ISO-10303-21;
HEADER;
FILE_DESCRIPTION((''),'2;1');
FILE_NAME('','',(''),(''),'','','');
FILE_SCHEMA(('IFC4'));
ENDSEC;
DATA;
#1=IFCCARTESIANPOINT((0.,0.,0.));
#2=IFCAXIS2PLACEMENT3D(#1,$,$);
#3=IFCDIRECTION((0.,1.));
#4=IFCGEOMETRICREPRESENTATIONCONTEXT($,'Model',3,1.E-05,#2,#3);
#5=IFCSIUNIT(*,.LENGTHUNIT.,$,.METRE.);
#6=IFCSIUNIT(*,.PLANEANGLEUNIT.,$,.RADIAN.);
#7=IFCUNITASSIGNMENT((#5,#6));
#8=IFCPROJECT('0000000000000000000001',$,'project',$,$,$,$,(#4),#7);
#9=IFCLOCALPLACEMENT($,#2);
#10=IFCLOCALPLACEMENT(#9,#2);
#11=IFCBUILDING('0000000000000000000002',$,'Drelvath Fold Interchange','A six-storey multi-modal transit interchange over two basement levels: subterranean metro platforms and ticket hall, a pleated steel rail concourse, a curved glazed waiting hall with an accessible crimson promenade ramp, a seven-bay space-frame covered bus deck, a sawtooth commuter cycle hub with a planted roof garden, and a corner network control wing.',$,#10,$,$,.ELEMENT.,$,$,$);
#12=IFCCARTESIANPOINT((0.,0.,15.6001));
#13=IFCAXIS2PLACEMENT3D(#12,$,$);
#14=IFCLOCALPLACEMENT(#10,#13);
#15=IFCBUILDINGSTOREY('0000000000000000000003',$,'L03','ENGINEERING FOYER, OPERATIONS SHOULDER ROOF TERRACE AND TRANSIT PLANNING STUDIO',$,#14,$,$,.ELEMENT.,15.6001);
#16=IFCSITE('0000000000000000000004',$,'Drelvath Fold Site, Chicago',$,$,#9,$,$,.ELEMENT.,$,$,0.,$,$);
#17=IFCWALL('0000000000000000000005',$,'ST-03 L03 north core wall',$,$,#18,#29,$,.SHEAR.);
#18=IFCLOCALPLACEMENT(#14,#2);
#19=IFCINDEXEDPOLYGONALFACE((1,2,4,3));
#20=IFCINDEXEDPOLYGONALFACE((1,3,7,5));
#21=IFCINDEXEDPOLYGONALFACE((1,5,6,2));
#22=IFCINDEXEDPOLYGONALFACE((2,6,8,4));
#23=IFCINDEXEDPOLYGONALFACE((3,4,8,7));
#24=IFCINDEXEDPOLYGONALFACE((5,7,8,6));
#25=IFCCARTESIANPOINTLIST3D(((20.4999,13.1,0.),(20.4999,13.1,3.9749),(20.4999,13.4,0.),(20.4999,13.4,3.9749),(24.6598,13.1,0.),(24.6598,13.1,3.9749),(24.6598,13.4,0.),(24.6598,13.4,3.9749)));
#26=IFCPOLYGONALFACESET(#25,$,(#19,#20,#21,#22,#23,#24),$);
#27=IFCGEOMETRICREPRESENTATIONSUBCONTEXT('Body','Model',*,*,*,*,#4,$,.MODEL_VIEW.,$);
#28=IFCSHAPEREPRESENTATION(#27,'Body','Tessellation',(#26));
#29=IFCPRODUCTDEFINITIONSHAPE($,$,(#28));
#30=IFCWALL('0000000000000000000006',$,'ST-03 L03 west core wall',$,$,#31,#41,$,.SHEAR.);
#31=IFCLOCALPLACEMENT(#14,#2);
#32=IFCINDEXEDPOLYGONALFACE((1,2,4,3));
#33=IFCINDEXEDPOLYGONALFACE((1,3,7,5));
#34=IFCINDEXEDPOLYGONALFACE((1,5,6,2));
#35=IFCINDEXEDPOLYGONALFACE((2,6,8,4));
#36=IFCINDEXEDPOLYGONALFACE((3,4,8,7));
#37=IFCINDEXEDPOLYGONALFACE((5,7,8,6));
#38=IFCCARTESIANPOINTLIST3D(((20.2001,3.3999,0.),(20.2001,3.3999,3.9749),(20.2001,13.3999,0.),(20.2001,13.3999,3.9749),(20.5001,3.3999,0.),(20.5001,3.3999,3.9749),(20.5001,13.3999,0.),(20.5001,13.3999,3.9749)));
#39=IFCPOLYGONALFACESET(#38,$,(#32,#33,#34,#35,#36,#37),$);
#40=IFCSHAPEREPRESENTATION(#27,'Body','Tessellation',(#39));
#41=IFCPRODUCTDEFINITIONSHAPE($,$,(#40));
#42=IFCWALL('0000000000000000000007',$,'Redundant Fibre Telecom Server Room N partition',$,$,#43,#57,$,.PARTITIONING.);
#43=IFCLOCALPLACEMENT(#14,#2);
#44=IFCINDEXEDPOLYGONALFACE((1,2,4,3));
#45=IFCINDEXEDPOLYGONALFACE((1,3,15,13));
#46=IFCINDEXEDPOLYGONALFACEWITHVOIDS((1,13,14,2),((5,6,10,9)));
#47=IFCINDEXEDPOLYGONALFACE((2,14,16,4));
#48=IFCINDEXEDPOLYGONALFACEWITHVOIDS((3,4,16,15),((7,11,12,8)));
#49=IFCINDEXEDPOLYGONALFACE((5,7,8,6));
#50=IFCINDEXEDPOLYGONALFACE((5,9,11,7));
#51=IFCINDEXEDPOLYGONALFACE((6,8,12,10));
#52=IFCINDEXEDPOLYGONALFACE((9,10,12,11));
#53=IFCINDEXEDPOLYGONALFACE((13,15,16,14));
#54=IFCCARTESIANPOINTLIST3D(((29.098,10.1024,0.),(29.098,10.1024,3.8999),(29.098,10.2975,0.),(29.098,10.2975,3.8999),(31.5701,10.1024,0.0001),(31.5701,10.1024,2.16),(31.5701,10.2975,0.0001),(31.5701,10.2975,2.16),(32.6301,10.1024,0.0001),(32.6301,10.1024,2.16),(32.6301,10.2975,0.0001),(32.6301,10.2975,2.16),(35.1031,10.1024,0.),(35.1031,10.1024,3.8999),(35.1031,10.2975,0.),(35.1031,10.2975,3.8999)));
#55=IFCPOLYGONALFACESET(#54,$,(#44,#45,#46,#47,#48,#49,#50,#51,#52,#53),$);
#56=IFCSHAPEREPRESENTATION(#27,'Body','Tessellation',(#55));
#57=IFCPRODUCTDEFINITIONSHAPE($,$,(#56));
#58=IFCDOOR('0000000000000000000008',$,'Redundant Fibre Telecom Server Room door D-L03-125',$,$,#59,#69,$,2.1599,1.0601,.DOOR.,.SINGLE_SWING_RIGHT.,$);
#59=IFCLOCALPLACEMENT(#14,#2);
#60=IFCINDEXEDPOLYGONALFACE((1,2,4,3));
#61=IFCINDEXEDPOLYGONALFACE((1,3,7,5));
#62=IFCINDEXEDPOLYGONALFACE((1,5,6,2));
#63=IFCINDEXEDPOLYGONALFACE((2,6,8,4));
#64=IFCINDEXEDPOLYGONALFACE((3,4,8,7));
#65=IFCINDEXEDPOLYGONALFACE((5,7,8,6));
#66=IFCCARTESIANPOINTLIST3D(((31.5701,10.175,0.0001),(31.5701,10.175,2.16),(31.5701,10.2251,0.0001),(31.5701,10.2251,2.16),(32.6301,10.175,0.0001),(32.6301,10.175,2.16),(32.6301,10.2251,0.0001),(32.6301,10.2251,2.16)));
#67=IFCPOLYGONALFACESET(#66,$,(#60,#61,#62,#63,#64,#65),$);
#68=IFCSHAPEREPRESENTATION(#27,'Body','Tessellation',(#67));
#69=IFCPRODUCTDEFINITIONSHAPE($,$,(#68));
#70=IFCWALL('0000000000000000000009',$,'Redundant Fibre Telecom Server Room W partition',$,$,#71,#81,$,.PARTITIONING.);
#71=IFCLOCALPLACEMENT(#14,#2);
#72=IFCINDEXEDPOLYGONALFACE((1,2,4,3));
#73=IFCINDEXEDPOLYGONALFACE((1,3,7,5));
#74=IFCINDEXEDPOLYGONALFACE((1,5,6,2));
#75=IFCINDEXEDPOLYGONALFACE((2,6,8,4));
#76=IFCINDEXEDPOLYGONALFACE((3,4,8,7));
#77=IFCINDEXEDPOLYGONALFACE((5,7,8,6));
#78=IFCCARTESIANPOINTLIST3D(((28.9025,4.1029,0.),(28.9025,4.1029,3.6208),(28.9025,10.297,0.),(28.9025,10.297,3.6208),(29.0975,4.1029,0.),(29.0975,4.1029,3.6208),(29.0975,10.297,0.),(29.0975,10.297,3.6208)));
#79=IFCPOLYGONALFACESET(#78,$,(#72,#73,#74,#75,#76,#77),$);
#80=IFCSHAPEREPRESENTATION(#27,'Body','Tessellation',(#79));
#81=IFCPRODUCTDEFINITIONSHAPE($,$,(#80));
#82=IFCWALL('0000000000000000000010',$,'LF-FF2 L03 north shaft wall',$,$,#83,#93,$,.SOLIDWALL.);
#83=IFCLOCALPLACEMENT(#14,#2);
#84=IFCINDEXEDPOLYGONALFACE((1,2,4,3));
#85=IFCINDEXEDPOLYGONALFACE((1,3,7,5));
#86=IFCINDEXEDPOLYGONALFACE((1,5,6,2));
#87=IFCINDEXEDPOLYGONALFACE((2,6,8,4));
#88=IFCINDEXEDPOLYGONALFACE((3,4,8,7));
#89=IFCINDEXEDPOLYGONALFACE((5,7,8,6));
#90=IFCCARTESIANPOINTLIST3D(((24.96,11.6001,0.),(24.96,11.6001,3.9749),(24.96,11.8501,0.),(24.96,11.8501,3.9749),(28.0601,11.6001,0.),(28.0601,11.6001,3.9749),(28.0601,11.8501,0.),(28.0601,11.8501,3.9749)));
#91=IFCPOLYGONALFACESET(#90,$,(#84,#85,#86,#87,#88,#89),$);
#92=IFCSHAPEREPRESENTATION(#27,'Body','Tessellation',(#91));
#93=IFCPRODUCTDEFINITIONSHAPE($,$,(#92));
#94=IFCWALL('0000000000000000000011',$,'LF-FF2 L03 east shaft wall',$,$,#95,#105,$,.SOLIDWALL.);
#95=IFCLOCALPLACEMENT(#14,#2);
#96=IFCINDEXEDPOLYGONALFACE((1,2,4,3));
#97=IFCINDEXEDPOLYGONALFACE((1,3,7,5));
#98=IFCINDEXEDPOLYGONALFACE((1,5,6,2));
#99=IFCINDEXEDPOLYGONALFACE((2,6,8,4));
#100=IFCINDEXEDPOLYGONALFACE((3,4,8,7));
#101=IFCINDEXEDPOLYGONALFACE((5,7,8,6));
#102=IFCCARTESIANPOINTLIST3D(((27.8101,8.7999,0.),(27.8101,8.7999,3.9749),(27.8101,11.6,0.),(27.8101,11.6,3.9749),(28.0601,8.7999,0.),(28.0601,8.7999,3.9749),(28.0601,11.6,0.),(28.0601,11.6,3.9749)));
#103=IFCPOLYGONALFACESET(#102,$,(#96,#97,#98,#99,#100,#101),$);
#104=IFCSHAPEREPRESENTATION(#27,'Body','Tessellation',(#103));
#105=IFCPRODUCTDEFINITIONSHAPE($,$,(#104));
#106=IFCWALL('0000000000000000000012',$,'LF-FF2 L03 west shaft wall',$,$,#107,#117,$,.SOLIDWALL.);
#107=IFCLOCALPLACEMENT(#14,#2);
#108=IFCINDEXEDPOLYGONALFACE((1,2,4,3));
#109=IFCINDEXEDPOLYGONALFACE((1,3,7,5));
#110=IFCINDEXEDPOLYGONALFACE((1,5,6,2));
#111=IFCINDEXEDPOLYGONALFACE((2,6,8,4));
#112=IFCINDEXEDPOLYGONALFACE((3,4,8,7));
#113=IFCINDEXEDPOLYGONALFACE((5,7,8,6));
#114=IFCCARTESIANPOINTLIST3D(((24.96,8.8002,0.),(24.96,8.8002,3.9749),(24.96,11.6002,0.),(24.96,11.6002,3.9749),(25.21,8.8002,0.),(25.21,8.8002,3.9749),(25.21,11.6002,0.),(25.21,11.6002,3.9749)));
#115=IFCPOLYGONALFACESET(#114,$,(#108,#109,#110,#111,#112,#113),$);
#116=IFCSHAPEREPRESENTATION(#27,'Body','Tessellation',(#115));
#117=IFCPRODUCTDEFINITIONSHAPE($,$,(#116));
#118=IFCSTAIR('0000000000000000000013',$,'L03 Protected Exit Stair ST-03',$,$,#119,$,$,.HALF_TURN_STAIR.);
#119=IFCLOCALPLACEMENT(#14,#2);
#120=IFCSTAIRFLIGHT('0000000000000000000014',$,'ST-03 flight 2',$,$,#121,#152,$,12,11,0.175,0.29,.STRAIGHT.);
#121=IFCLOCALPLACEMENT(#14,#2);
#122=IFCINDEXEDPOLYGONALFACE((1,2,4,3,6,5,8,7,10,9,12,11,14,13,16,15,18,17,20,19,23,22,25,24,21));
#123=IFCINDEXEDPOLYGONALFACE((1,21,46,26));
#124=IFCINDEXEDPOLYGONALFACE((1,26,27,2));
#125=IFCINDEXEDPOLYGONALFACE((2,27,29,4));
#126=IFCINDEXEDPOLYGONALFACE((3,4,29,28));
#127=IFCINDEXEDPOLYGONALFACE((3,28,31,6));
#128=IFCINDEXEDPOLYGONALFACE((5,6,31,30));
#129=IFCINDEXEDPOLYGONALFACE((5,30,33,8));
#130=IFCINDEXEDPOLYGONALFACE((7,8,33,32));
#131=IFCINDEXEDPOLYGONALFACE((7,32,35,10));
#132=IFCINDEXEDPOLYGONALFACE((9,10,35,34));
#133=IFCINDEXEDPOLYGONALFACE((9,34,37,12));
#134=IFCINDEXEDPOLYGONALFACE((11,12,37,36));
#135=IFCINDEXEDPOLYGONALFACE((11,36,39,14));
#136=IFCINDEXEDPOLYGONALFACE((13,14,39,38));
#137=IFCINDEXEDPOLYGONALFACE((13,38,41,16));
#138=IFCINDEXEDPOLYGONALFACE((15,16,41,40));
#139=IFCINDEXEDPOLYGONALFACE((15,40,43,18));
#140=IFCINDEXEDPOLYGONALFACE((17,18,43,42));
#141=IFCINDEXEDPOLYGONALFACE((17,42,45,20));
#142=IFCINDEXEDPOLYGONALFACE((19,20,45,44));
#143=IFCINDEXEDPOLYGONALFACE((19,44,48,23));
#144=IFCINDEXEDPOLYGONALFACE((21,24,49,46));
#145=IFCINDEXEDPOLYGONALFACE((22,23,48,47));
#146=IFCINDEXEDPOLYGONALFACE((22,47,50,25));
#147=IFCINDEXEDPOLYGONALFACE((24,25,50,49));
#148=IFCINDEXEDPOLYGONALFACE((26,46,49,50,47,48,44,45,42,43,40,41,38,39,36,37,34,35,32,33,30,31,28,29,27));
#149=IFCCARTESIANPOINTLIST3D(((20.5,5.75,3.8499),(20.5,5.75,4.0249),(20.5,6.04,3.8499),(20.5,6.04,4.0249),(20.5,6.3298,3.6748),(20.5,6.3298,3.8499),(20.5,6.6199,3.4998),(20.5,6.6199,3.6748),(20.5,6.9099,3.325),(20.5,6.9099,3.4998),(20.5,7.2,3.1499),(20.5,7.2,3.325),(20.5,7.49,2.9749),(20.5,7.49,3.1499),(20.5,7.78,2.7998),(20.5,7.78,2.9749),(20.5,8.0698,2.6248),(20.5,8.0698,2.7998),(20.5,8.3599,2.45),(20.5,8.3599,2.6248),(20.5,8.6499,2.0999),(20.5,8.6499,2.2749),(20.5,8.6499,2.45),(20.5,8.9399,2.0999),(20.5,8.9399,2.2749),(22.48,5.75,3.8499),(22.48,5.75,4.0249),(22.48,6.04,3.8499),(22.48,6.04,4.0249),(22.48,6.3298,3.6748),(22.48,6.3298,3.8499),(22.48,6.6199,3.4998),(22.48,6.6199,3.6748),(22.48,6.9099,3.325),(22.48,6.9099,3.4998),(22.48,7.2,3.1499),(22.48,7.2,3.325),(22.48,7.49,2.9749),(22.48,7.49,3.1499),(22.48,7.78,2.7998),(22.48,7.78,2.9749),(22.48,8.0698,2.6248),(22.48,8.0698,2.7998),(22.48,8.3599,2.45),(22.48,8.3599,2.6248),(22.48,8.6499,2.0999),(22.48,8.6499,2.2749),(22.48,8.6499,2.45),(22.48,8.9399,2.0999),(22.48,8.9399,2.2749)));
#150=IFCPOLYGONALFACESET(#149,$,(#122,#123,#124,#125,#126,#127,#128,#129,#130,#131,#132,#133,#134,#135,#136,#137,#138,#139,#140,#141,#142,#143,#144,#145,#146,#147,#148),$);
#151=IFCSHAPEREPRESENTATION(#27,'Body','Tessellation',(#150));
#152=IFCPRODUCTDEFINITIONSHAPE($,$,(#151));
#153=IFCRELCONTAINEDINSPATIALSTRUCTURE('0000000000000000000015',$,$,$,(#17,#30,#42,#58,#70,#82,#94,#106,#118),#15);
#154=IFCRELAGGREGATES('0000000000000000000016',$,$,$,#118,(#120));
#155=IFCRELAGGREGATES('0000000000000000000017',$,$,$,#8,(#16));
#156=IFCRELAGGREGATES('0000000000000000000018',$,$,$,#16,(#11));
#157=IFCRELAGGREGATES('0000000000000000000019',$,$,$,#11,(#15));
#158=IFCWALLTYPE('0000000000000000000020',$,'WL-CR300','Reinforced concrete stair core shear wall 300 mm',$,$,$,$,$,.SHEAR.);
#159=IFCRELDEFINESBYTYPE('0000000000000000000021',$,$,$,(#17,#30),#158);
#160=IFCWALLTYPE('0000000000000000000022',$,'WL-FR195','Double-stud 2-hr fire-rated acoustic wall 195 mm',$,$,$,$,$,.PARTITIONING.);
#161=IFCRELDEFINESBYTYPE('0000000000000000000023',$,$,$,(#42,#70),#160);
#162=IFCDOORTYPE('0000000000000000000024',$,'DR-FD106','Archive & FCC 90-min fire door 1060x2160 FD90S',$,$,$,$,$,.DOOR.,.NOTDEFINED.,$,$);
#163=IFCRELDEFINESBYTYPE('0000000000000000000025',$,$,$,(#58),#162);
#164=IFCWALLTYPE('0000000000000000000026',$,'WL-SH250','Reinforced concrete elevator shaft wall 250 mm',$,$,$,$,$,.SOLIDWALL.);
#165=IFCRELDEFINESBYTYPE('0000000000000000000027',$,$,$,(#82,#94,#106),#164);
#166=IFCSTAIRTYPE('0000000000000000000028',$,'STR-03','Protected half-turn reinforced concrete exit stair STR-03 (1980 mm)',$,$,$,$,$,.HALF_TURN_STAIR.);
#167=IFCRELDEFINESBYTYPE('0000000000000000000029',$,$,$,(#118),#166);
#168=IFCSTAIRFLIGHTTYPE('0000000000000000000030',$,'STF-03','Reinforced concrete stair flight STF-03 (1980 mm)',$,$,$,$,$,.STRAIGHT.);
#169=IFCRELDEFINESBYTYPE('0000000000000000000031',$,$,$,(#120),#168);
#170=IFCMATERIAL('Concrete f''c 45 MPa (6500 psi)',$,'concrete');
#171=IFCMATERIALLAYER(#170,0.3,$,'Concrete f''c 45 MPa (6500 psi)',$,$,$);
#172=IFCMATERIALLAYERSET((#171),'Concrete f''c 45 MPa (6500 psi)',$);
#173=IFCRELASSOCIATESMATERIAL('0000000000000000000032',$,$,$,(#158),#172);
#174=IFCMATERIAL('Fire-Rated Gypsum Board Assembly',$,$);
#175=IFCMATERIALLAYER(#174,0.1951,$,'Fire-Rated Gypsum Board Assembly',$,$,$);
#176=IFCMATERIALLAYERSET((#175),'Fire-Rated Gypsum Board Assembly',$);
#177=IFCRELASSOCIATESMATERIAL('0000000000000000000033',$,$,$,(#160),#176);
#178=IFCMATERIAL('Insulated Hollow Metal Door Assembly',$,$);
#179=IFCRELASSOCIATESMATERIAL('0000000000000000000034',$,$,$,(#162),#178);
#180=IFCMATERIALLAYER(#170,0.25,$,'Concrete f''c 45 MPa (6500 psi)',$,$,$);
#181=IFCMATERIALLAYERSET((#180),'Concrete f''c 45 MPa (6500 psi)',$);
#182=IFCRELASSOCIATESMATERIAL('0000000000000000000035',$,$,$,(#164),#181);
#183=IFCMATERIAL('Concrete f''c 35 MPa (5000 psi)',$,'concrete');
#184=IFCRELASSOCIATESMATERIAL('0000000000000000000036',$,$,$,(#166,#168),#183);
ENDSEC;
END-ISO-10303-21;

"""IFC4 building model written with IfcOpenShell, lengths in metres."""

from ifc_helpers import new_model, si_unit, direction, frame, frame_2d, origin, place, context, subcontext, project, spatial, polyline, rectangle, outline, extrude, material, layer, layer_set, type_object, element, fill, aggregate, save


model = new_model("IFC4")

# Units and contexts
model_context = context("Model", 3, precision=1e-05, world=origin(), true_north=direction((0.0, 1.0)))
body_context = subcontext(model_context, "Body", "Model", "MODEL_VIEW")
ifc_project = project(units=[si_unit("LENGTHUNIT", "METRE"), si_unit("PLANEANGLEUNIT", "RADIAN")], contexts=[model_context])

# Site, building, storey
site_placement = place(None, origin())
site = spatial("IfcSite", under=ifc_project, at=site_placement, Name="Drelvath Fold Site, Chicago", CompositionType="ELEMENT", RefElevation=0.0)
building_placement = place(site_placement, origin())
building = spatial("IfcBuilding", under=site, at=building_placement, Name="Drelvath Fold Interchange", Description="A six-storey multi-modal transit interchange over two basement levels: subterranean metro platforms and ticket hall, a pleated steel rail concourse, a curved glazed waiting hall with an accessible crimson promenade ramp, a seven-bay space-frame covered bus deck, a sawtooth commuter cycle hub with a planted roof garden, and a corner network control wing.", CompositionType="ELEMENT")
storey_placement = place(building_placement, frame((0.0, 0.0, 15.6001)))
storey = spatial("IfcBuildingStorey", under=building, at=storey_placement, Name="L03", Description="ENGINEERING FOYER, OPERATIONS SHOULDER ROOF TERRACE AND TRANSIT PLANNING STUDIO", CompositionType="ELEMENT", Elevation=15.6001)

# Walls
ifc_material_1 = material(Name="Concrete f'c 45 MPa (6500 psi)", Category="concrete")
ifc_layer_1 = layer(ifc_material_1, 0.3, Name="Concrete f'c 45 MPa (6500 psi)")
ifc_layer_set_1 = layer_set([ifc_layer_1], Name="Concrete f'c 45 MPa (6500 psi)")
wall_type_1 = type_object("IfcWallType", Name="WL-CR300", Description="Reinforced concrete stair core shear wall 300 mm", PredefinedType="SHEAR", material=ifc_layer_set_1)
wall_1_placement = place(storey_placement, frame((24.6599, 13.25, 0.0), z_axis=(0.0, 0.0, 1.0), x_axis=(-1.0, 0.0, 0.0)))
element("IfcWall", 1, at=wall_1_placement, inside=storey, type_object=wall_type_1, Name="ST-03 L03 north core wall", PredefinedType="SHEAR", context=body_context, shape_type="SweptSolid", body=[
    extrude(rectangle(XDim=4.1599, YDim=0.3, at=frame_2d((2.0801, 0.0))), origin(), (0.0, 0.0, 1.0), 3.9749),
])
wall_2_placement = place(storey_placement, frame((20.3501, 13.3999, 0.0), z_axis=(0.0, 0.0, 1.0), x_axis=(0.0, -1.0, 0.0)))
element("IfcWall", 2, at=wall_2_placement, inside=storey, type_object=wall_type_1, Name="ST-03 L03 west core wall", PredefinedType="SHEAR", context=body_context, shape_type="SweptSolid", body=[
    extrude(rectangle(XDim=10.0, YDim=0.3, at=frame_2d((5.0, 0.0))), origin(), (0.0, 0.0, 1.0), 3.9749),
])

# Wall, opening, door
ifc_material_2 = material(Name="Fire-Rated Gypsum Board Assembly")
ifc_layer_2 = layer(ifc_material_2, 0.1951, Name="Fire-Rated Gypsum Board Assembly")
ifc_layer_set_2 = layer_set([ifc_layer_2], Name="Fire-Rated Gypsum Board Assembly")
wall_type_2 = type_object("IfcWallType", Name="WL-FR195", Description="Double-stud 2-hr fire-rated acoustic wall 195 mm", PredefinedType="PARTITIONING", material=ifc_layer_set_2)
wall_3_placement = place(storey_placement, frame((35.103, 10.2, 0.0), z_axis=(0.0, 0.0, 1.0), x_axis=(-1.0, 0.0, 0.0)))
wall_3 = element("IfcWall", 3, at=wall_3_placement, inside=storey, type_object=wall_type_2, Name="Redundant Fibre Telecom Server Room N partition", PredefinedType="PARTITIONING", context=body_context, shape_type="SweptSolid", body=[
    extrude(rectangle(XDim=6.0051, YDim=0.1951, at=frame_2d((3.0024, 0.0))), origin(), (0.0, 0.0, 1.0), 3.8999),
])
opening_placement = place(wall_3_placement, frame((2.4729, 0.0, 0.0)))
opening = element("IfcOpeningElement", 4, at=opening_placement, cuts=wall_3, PredefinedType="OPENING", context=body_context, shape_type="SweptSolid", body=[
    extrude(rectangle(XDim=1.0601, YDim=2.1599, at=frame_2d((0.53, 1.0801))), frame((0.0, 0.1074, 0.0), z_axis=(0.0, -1.0, 0.0), x_axis=(1.0, 0.0, 0.0)), (0.0, 0.0, 1.0), 0.2151),
])
ifc_material_3 = material(Name="Insulated Hollow Metal Door Assembly")
door_type = type_object("IfcDoorType", Name="DR-FD106", Description="Archive & FCC 90-min fire door 1060x2160 FD90S", OperationType="NOTDEFINED", PredefinedType="DOOR", material=ifc_material_3)
door_placement = place(opening_placement, origin())
door = element("IfcDoor", 5, at=door_placement, inside=storey, type_object=door_type, Name="Redundant Fibre Telecom Server Room door D-L03-125", OperationType="SINGLE_SWING_RIGHT", OverallHeight=2.1599, OverallWidth=1.0601, PredefinedType="DOOR", context=body_context, shape_type="SweptSolid", body=[
    extrude(rectangle(XDim=1.0601, YDim=2.1599, at=frame_2d((0.53, 1.0801))), frame((0.0, 0.0249, 0.0), z_axis=(0.0, -1.0, 0.0), x_axis=(1.0, 0.0, 0.0)), (0.0, 0.0, 1.0), 0.05),
])
fill(opening, door)

# Walls
wall_4_placement = place(storey_placement, frame((29.0, 10.2971, 0.0), z_axis=(0.0, 0.0, 1.0), x_axis=(0.0, -1.0, 0.0)))
element("IfcWall", 6, at=wall_4_placement, inside=storey, type_object=wall_type_2, Name="Redundant Fibre Telecom Server Room W partition", PredefinedType="PARTITIONING", context=body_context, shape_type="SweptSolid", body=[
    extrude(rectangle(XDim=6.1941, YDim=0.1951, at=frame_2d((3.0972, 0.0))), origin(), (0.0, 0.0, 1.0), 3.6208),
])
ifc_layer_3 = layer(ifc_material_1, 0.25, Name="Concrete f'c 45 MPa (6500 psi)")
ifc_layer_set_3 = layer_set([ifc_layer_3], Name="Concrete f'c 45 MPa (6500 psi)")
wall_type_3 = type_object("IfcWallType", Name="WL-SH250", Description="Reinforced concrete elevator shaft wall 250 mm", PredefinedType="SOLIDWALL", material=ifc_layer_set_3)
wall_5_placement = place(storey_placement, frame((28.0601, 11.7251, 0.0), z_axis=(0.0, 0.0, 1.0), x_axis=(-1.0, 0.0, 0.0)))
element("IfcWall", 7, at=wall_5_placement, inside=storey, type_object=wall_type_3, Name="LF-FF2 L03 north shaft wall", PredefinedType="SOLIDWALL", context=body_context, shape_type="SweptSolid", body=[
    extrude(rectangle(XDim=3.1001, YDim=0.25, at=frame_2d((1.55, 0.0))), origin(), (0.0, 0.0, 1.0), 3.9749),
])
for number, where, z_axis, x_axis, name in (
    (8, (27.9351, 8.8, 0.0), (0.0, 0.0, 1.0), (0.0, 1.0, 0.0), "LF-FF2 L03 east shaft wall"),
    (9, (25.085, 11.6001, 0.0), (0.0, 0.0, 1.0), (0.0, -1.0, 0.0), "LF-FF2 L03 west shaft wall"),
):
    element("IfcWall", number, at=place(storey_placement, frame(where, z_axis=z_axis, x_axis=x_axis)), inside=storey, type_object=wall_type_3, Name=name, PredefinedType="SOLIDWALL", context=body_context, shape_type="SweptSolid", body=[
        extrude(rectangle(XDim=2.8, YDim=0.25, at=frame_2d((1.3999, 0.0))), origin(), (0.0, 0.0, 1.0), 3.9749),
    ])

# Stair, stair flight
ifc_material_4 = material(Name="Concrete f'c 35 MPa (5000 psi)", Category="concrete")
stair_type = type_object("IfcStairType", Name="STR-03", Description="Protected half-turn reinforced concrete exit stair STR-03 (1980 mm)", PredefinedType="HALF_TURN_STAIR", material=ifc_material_4)
stair_placement = place(storey_placement, origin())
stair = element("IfcStair", 10, at=stair_placement, inside=storey, type_object=stair_type, Name="L03 Protected Exit Stair ST-03", PredefinedType="HALF_TURN_STAIR")
stair_flight_type = type_object("IfcStairFlightType", Name="STF-03", Description="Reinforced concrete stair flight STF-03 (1980 mm)", PredefinedType="STRAIGHT", material=ifc_material_4)
stair_flight_placement = place(storey_placement, frame((21.49, 8.9399, 2.0999), z_axis=(0.0, 0.0, 1.0), x_axis=(0.0, -1.0, 0.0)))
stair_flight = element("IfcStairFlight", 11, at=stair_flight_placement, type_object=stair_flight_type, Name="ST-03 flight 2", NumberOfRisers=12, NumberOfTreads=11, PredefinedType="STRAIGHT", RiserHeight=0.175, TreadLength=0.29, context=body_context, shape_type="SweptSolid", body=[
    extrude(outline(polyline([(0.0, 0.0), (0.0, 0.175), (0.29, 0.175), (0.29, 0.3501), (0.5801, 0.3501), (0.5801, 0.5249), (0.8701, 0.5249), (0.8701, 0.7), (1.1599, 0.7), (1.1599, 0.875), (1.45, 0.875), (1.45, 1.05), (1.74, 1.05), (1.74, 1.2251), (2.03, 1.2251), (2.03, 1.3999), (2.3201, 1.3999), (2.3201, 1.575), (2.6101, 1.575), (2.6101, 1.75), (2.8999, 1.75), (2.8999, 1.925), (3.1899, 1.925), (3.1899, 2.1001), (3.1899, 1.75), (0.29, 0.0), (0.0, 0.0)])), frame((0.0, 0.99, 0.0), z_axis=(0.0, -1.0, 0.0), x_axis=(1.0, 0.0, 0.0)), (0.0, 0.0, 1.0), 1.98),
])
aggregate(stair, [stair_flight])

save(model, "model.ifc")
